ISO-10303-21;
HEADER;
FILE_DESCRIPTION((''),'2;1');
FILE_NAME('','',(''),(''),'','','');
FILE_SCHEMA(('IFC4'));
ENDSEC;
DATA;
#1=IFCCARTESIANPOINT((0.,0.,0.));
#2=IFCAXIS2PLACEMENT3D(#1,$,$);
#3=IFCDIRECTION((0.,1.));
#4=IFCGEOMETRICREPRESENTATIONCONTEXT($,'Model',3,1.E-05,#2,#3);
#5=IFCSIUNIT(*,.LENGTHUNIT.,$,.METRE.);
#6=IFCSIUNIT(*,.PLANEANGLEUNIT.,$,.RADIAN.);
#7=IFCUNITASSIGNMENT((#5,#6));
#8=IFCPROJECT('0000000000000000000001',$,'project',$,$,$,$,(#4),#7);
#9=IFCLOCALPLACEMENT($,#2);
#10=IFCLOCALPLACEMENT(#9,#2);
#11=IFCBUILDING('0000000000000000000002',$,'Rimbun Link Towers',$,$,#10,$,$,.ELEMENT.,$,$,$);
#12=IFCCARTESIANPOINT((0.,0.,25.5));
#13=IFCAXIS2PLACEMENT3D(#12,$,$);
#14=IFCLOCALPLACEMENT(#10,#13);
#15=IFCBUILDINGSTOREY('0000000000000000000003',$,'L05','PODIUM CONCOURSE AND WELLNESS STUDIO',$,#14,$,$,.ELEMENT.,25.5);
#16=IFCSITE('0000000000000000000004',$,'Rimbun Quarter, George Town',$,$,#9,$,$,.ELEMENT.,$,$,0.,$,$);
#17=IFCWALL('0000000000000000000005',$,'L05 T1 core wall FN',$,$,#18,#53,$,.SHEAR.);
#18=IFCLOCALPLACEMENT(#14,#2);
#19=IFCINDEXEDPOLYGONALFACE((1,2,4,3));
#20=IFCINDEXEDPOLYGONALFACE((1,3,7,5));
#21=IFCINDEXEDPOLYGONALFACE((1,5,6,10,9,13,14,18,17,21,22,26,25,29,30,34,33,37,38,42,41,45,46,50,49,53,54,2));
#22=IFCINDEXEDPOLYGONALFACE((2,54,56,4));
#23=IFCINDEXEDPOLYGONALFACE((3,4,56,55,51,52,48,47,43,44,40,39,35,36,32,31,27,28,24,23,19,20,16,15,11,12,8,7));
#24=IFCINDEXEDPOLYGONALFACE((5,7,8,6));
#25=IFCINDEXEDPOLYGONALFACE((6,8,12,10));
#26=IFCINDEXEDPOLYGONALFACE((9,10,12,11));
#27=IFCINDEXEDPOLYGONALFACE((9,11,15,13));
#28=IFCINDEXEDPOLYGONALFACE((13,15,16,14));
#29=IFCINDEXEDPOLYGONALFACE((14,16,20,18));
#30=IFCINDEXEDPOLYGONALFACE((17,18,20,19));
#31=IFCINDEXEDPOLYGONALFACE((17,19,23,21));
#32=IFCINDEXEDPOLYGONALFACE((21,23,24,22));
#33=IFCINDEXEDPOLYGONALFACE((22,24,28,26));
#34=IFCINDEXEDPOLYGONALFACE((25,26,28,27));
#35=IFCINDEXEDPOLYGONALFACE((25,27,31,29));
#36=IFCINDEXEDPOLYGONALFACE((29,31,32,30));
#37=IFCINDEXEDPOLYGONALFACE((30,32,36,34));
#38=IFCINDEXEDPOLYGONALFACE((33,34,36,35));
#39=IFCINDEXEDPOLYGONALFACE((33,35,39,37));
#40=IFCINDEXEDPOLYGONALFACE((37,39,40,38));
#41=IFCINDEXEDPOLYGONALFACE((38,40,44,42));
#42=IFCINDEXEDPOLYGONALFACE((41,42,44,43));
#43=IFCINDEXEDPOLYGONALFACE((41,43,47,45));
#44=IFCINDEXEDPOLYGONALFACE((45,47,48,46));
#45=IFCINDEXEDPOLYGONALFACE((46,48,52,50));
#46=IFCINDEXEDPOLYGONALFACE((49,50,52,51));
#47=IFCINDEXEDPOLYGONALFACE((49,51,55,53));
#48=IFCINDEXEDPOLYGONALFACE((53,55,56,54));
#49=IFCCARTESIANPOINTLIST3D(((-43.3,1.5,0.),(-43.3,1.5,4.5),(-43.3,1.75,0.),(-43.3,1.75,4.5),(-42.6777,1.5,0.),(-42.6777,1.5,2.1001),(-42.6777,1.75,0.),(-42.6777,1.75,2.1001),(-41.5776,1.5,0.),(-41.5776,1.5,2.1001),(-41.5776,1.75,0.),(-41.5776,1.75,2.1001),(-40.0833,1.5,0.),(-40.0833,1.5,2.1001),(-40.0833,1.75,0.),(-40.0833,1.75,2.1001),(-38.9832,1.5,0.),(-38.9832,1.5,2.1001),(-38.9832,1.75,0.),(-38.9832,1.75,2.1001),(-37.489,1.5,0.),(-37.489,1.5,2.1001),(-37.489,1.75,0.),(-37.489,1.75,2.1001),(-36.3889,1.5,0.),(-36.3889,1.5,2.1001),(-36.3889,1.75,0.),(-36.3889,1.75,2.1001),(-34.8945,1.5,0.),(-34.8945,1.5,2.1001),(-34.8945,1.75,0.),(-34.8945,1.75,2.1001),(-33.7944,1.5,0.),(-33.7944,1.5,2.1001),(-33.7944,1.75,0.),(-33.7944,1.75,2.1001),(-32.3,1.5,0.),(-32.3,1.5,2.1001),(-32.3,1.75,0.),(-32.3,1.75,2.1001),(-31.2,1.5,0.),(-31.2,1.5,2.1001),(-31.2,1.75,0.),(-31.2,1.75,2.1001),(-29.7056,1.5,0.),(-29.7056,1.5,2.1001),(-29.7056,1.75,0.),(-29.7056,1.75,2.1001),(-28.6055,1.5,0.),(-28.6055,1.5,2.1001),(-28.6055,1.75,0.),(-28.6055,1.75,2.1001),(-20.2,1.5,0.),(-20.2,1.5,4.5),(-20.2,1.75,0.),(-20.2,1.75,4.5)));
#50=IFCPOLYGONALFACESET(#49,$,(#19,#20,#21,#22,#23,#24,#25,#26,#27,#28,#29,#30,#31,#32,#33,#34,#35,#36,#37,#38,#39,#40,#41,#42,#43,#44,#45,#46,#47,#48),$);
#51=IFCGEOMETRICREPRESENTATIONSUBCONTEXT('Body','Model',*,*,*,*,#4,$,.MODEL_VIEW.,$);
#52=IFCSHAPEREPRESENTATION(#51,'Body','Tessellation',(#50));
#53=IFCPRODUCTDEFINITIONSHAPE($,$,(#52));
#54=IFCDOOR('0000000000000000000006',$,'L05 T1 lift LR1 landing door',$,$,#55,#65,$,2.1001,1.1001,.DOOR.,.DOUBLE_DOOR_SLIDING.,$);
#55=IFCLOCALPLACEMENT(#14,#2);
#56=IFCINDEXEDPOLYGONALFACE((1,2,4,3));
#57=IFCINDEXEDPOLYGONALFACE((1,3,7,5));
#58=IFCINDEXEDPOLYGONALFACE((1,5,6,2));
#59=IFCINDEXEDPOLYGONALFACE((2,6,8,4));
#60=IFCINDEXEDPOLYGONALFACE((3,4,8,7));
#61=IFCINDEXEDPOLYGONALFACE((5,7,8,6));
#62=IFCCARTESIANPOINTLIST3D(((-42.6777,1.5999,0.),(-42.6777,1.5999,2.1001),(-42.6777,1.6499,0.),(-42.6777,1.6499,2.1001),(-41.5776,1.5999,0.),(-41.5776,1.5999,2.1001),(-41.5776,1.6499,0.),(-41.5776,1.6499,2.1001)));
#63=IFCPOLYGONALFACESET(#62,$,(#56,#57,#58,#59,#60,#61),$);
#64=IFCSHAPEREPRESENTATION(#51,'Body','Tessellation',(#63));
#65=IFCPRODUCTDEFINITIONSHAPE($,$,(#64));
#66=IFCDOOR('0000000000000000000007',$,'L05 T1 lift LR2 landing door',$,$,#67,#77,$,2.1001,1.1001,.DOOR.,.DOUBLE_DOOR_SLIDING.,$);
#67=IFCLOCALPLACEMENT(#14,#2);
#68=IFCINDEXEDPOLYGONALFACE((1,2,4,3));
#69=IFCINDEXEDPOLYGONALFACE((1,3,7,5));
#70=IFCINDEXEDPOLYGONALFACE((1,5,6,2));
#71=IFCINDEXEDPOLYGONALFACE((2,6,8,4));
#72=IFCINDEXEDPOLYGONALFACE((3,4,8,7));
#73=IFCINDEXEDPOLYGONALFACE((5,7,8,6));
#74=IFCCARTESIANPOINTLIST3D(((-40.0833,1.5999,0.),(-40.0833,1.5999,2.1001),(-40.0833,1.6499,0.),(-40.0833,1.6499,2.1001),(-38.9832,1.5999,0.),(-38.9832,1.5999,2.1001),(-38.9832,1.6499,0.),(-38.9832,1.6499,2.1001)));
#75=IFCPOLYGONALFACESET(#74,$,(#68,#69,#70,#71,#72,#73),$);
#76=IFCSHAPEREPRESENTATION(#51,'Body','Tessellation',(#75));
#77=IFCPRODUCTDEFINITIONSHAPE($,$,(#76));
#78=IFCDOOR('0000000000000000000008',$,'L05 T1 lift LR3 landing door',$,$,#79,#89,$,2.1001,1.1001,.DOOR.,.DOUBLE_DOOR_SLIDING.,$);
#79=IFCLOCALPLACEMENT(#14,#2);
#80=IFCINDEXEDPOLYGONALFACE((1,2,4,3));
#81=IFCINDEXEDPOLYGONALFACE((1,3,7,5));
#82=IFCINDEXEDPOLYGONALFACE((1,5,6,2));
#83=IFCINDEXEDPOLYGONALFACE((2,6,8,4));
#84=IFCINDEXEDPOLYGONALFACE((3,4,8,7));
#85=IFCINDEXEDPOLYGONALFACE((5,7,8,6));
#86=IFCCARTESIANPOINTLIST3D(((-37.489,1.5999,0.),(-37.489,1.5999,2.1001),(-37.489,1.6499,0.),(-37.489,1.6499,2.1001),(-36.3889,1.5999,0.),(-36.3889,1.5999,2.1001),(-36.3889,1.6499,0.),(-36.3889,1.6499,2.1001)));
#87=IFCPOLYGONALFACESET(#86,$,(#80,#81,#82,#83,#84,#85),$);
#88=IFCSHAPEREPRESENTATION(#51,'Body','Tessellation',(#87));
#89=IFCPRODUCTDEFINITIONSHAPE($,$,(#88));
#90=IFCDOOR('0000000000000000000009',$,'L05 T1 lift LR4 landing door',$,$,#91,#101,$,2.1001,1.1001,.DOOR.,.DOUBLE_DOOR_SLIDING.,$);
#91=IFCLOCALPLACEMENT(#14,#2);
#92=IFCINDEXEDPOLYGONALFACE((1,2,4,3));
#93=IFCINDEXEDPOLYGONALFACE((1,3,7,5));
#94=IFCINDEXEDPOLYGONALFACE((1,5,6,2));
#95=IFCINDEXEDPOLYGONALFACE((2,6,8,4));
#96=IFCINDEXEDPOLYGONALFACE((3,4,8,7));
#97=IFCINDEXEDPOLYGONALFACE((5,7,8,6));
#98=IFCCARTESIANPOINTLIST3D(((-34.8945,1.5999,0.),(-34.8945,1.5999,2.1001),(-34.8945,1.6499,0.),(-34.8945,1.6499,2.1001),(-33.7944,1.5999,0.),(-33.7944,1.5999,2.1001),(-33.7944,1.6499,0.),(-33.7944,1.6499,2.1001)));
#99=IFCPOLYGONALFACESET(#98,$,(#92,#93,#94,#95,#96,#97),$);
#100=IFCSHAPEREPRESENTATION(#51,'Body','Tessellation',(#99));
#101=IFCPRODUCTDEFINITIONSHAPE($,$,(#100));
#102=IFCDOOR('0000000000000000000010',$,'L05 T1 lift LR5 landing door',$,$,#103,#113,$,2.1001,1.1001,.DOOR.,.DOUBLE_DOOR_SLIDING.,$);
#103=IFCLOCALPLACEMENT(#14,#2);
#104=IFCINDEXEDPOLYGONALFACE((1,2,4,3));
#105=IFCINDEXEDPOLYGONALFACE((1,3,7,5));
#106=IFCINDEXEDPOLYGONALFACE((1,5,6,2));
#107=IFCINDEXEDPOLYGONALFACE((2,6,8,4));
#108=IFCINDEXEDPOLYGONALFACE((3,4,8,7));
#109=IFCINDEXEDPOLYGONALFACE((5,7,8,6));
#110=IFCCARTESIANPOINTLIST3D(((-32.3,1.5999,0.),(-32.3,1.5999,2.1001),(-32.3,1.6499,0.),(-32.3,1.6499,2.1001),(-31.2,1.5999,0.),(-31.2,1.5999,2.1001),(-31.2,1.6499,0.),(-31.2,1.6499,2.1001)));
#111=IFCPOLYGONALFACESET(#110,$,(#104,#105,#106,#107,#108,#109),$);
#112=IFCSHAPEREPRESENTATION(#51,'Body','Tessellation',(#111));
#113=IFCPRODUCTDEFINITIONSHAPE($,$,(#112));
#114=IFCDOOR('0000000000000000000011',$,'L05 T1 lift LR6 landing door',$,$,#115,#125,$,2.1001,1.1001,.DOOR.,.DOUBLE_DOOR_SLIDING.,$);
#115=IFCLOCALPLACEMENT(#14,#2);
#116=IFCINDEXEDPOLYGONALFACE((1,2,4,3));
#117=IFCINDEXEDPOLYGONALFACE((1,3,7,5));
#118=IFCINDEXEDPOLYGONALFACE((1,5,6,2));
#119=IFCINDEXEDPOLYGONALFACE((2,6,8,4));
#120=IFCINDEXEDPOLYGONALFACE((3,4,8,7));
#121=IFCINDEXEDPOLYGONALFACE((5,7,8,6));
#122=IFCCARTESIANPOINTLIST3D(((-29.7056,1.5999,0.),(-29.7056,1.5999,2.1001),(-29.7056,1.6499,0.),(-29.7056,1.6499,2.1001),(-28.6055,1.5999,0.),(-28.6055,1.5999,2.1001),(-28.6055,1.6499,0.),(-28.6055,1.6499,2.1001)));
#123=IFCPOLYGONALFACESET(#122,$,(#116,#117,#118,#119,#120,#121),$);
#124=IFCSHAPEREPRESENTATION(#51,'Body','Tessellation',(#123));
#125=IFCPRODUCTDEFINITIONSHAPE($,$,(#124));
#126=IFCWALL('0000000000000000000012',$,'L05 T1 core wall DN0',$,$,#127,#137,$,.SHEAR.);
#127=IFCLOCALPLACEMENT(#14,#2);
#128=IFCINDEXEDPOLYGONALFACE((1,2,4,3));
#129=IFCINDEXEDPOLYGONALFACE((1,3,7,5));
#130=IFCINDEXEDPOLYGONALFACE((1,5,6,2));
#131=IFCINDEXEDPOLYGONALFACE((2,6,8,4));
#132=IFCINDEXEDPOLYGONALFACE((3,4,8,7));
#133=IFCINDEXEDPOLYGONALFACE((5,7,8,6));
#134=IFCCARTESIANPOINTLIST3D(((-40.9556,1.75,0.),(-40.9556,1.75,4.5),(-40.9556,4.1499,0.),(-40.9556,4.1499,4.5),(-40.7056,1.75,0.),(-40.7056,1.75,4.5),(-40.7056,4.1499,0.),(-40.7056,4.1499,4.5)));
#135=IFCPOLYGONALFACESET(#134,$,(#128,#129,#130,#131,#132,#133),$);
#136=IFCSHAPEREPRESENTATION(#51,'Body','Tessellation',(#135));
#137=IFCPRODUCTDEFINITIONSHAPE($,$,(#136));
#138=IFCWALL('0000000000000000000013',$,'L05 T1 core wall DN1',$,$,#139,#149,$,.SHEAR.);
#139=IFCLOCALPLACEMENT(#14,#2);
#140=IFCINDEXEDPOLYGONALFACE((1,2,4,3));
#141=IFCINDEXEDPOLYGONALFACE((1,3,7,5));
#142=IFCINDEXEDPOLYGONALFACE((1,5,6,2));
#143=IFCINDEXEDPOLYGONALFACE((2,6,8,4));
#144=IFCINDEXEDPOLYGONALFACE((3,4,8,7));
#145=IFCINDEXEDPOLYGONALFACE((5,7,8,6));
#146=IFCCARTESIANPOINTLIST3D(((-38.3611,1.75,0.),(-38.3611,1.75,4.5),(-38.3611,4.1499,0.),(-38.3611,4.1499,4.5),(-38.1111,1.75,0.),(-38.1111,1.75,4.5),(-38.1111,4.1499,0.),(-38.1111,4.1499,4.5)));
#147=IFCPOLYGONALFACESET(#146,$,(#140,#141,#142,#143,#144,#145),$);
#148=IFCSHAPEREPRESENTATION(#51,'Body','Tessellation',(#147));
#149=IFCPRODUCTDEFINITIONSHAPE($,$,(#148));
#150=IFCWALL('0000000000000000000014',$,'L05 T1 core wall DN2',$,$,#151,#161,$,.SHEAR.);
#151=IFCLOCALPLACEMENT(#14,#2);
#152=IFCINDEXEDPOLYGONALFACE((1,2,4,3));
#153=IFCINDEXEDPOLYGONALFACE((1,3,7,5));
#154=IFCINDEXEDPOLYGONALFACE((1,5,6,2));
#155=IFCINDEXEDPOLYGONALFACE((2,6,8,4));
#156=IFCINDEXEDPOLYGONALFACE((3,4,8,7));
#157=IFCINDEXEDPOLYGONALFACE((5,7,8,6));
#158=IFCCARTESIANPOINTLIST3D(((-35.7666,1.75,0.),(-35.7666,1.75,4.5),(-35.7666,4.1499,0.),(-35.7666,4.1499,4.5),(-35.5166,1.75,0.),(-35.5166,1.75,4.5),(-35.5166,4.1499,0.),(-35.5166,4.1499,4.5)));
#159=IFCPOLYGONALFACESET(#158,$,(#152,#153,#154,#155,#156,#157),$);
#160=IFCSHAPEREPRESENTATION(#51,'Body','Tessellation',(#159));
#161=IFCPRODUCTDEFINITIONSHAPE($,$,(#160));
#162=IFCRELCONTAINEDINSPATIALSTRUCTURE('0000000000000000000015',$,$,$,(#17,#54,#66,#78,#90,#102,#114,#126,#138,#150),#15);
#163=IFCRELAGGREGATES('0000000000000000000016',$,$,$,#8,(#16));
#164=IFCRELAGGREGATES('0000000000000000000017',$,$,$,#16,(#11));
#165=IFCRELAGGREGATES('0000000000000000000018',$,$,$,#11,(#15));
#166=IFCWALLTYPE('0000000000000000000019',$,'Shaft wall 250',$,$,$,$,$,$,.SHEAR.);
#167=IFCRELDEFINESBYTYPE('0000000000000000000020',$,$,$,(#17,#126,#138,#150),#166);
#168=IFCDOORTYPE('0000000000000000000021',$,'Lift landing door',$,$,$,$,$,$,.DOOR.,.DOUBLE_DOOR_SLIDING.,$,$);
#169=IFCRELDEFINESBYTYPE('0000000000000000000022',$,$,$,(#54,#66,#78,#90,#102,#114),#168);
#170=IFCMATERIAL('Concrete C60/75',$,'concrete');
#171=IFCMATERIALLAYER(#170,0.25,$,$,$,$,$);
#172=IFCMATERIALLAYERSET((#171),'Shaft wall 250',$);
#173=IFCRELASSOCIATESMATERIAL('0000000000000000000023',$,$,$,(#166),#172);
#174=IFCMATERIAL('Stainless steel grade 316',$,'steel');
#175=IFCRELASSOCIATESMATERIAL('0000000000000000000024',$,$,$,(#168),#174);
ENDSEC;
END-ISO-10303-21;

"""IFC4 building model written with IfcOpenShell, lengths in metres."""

from ifc_helpers import new_model, si_unit, direction, frame, frame_2d, origin, place, context, subcontext, project, spatial, rectangle, extrude, material, layer, layer_set, type_object, element, fill, save


model = new_model("IFC4")

# Units and contexts
model_context = context("Model", 3, precision=1e-05, world=origin(), true_north=direction((0.0, 1.0)))
body_context = subcontext(model_context, "Body", "Model", "MODEL_VIEW")
ifc_project = project(units=[si_unit("LENGTHUNIT", "METRE"), si_unit("PLANEANGLEUNIT", "RADIAN")], contexts=[model_context])

# Site, building, storey
site_placement = place(None, origin())
site = spatial("IfcSite", under=ifc_project, at=site_placement, Name="Rimbun Quarter, George Town", CompositionType="ELEMENT", RefElevation=0.0)
building_placement = place(site_placement, origin())
building = spatial("IfcBuilding", under=site, at=building_placement, Name="Rimbun Link Towers", CompositionType="ELEMENT")
storey_placement = place(building_placement, frame((0.0, 0.0, 25.5)))
storey = spatial("IfcBuildingStorey", under=building, at=storey_placement, Name="L05", Description="PODIUM CONCOURSE AND WELLNESS STUDIO", CompositionType="ELEMENT", Elevation=25.5)

# Shared definitions
ifc_material_1 = material(Name="Concrete C60/75", Category="concrete")
ifc_layer = layer(ifc_material_1, 0.25)
ifc_layer_set = layer_set([ifc_layer], Name="Shaft wall 250")
wall_type = type_object("IfcWallType", Name="Shaft wall 250", PredefinedType="SHEAR", material=ifc_layer_set)

# Wall, openings, doors
wall_1_placement = place(storey_placement, frame((-43.3, 1.625, 0.0), z_axis=(0.0, 0.0, 1.0), x_axis=(1.0, 0.0, 0.0)))
wall_1 = element("IfcWall", 1, at=wall_1_placement, inside=storey, type_object=wall_type, Name="L05 T1 core wall FN", PredefinedType="SHEAR", context=body_context, shape_type="SweptSolid", body=[
    extrude(rectangle(XDim=23.1001, YDim=0.25, at=frame_2d((11.55, 0.0))), origin(), (0.0, 0.0, 1.0), 4.5),
])
opening_1_placement = place(wall_1_placement, frame((0.6223, 0.0, 0.0)))
opening_1 = element("IfcOpeningElement", 2, at=opening_1_placement, cuts=wall_1, PredefinedType="OPENING", context=body_context, shape_type="SweptSolid", body=[
    extrude(rectangle(XDim=1.1001, YDim=2.1001, at=frame_2d((0.55, 1.05))), frame((0.0, 0.135, 0.0), z_axis=(0.0, -1.0, 0.0), x_axis=(1.0, 0.0, 0.0)), (0.0, 0.0, 1.0), 0.27),
])
opening_2_placement = place(wall_1_placement, frame((3.2168, 0.0, 0.0)))
opening_2 = element("IfcOpeningElement", 3, at=opening_2_placement, cuts=wall_1, PredefinedType="OPENING", context=body_context, shape_type="SweptSolid", body=[
    extrude(rectangle(XDim=1.1001, YDim=2.1001, at=frame_2d((0.55, 1.05))), frame((0.0, 0.135, 0.0), z_axis=(0.0, -1.0, 0.0), x_axis=(1.0, 0.0, 0.0)), (0.0, 0.0, 1.0), 0.27),
])
opening_3_placement = place(wall_1_placement, frame((5.811, 0.0, 0.0)))
opening_3 = element("IfcOpeningElement", 4, at=opening_3_placement, cuts=wall_1, PredefinedType="OPENING", context=body_context, shape_type="SweptSolid", body=[
    extrude(rectangle(XDim=1.1001, YDim=2.1001, at=frame_2d((0.55, 1.05))), frame((0.0, 0.135, 0.0), z_axis=(0.0, -1.0, 0.0), x_axis=(1.0, 0.0, 0.0)), (0.0, 0.0, 1.0), 0.27),
])
opening_4_placement = place(wall_1_placement, frame((8.4055, 0.0, 0.0)))
opening_4 = element("IfcOpeningElement", 5, at=opening_4_placement, cuts=wall_1, PredefinedType="OPENING", context=body_context, shape_type="SweptSolid", body=[
    extrude(rectangle(XDim=1.1001, YDim=2.1001, at=frame_2d((0.55, 1.05))), frame((0.0, 0.135, 0.0), z_axis=(0.0, -1.0, 0.0), x_axis=(1.0, 0.0, 0.0)), (0.0, 0.0, 1.0), 0.27),
])
opening_5_placement = place(wall_1_placement, frame((11.0, 0.0, 0.0)))
opening_5 = element("IfcOpeningElement", 6, at=opening_5_placement, cuts=wall_1, PredefinedType="OPENING", context=body_context, shape_type="SweptSolid", body=[
    extrude(rectangle(XDim=1.1001, YDim=2.1001, at=frame_2d((0.55, 1.05))), frame((0.0, 0.135, 0.0), z_axis=(0.0, -1.0, 0.0), x_axis=(1.0, 0.0, 0.0)), (0.0, 0.0, 1.0), 0.27),
])
opening_6_placement = place(wall_1_placement, frame((13.5945, 0.0, 0.0)))
opening_6 = element("IfcOpeningElement", 7, at=opening_6_placement, cuts=wall_1, PredefinedType="OPENING", context=body_context, shape_type="SweptSolid", body=[
    extrude(rectangle(XDim=1.1001, YDim=2.1001, at=frame_2d((0.55, 1.05))), frame((0.0, 0.135, 0.0), z_axis=(0.0, -1.0, 0.0), x_axis=(1.0, 0.0, 0.0)), (0.0, 0.0, 1.0), 0.27),
])
ifc_material_2 = material(Name="Stainless steel grade 316", Category="steel")
door_type_1 = type_object("IfcDoorType", Name="Lift landing door", OperationType="DOUBLE_DOOR_SLIDING", PredefinedType="DOOR", material=ifc_material_2)
door_1_placement = place(opening_1_placement, origin())
door_1 = element("IfcDoor", 8, at=door_1_placement, inside=storey, type_object=door_type_1, Name="L05 T1 lift LR1 landing door", OperationType="DOUBLE_DOOR_SLIDING", OverallHeight=2.1001, OverallWidth=1.1001, PredefinedType="DOOR", context=body_context, shape_type="SweptSolid", body=[
    extrude(rectangle(XDim=1.1001, YDim=2.1001, at=frame_2d((0.55, 1.05))), frame((0.0, 0.0249, 0.0), z_axis=(0.0, -1.0, 0.0), x_axis=(1.0, 0.0, 0.0)), (0.0, 0.0, 1.0), 0.05),
])
fill(opening_1, door_1)
door_2_placement = place(opening_2_placement, origin())
door_2 = element("IfcDoor", 9, at=door_2_placement, inside=storey, type_object=door_type_1, Name="L05 T1 lift LR2 landing door", OperationType="DOUBLE_DOOR_SLIDING", OverallHeight=2.1001, OverallWidth=1.1001, PredefinedType="DOOR", context=body_context, shape_type="SweptSolid", body=[
    extrude(rectangle(XDim=1.1001, YDim=2.1001, at=frame_2d((0.55, 1.05))), frame((0.0, 0.0249, 0.0), z_axis=(0.0, -1.0, 0.0), x_axis=(1.0, 0.0, 0.0)), (0.0, 0.0, 1.0), 0.05),
])
fill(opening_2, door_2)
door_3_placement = place(opening_3_placement, origin())
door_3 = element("IfcDoor", 10, at=door_3_placement, inside=storey, type_object=door_type_1, Name="L05 T1 lift LR3 landing door", OperationType="DOUBLE_DOOR_SLIDING", OverallHeight=2.1001, OverallWidth=1.1001, PredefinedType="DOOR", context=body_context, shape_type="SweptSolid", body=[
    extrude(rectangle(XDim=1.1001, YDim=2.1001, at=frame_2d((0.55, 1.05))), frame((0.0, 0.0249, 0.0), z_axis=(0.0, -1.0, 0.0), x_axis=(1.0, 0.0, 0.0)), (0.0, 0.0, 1.0), 0.05),
])
fill(opening_3, door_3)
door_4_placement = place(opening_4_placement, origin())
door_4 = element("IfcDoor", 11, at=door_4_placement, inside=storey, type_object=door_type_1, Name="L05 T1 lift LR4 landing door", OperationType="DOUBLE_DOOR_SLIDING", OverallHeight=2.1001, OverallWidth=1.1001, PredefinedType="DOOR", context=body_context, shape_type="SweptSolid", body=[
    extrude(rectangle(XDim=1.1001, YDim=2.1001, at=frame_2d((0.55, 1.05))), frame((0.0, 0.0249, 0.0), z_axis=(0.0, -1.0, 0.0), x_axis=(1.0, 0.0, 0.0)), (0.0, 0.0, 1.0), 0.05),
])
fill(opening_4, door_4)
door_5_placement = place(opening_5_placement, origin())
door_5 = element("IfcDoor", 12, at=door_5_placement, inside=storey, type_object=door_type_1, Name="L05 T1 lift LR5 landing door", OperationType="DOUBLE_DOOR_SLIDING", OverallHeight=2.1001, OverallWidth=1.1001, PredefinedType="DOOR", context=body_context, shape_type="SweptSolid", body=[
    extrude(rectangle(XDim=1.1001, YDim=2.1001, at=frame_2d((0.55, 1.05))), frame((0.0, 0.0249, 0.0), z_axis=(0.0, -1.0, 0.0), x_axis=(1.0, 0.0, 0.0)), (0.0, 0.0, 1.0), 0.05),
])
fill(opening_5, door_5)
door_6_placement = place(opening_6_placement, origin())
door_6 = element("IfcDoor", 13, at=door_6_placement, inside=storey, type_object=door_type_1, Name="L05 T1 lift LR6 landing door", OperationType="DOUBLE_DOOR_SLIDING", OverallHeight=2.1001, OverallWidth=1.1001, PredefinedType="DOOR", context=body_context, shape_type="SweptSolid", body=[
    extrude(rectangle(XDim=1.1001, YDim=2.1001, at=frame_2d((0.55, 1.05))), frame((0.0, 0.0249, 0.0), z_axis=(0.0, -1.0, 0.0), x_axis=(1.0, 0.0, 0.0)), (0.0, 0.0, 1.0), 0.05),
])
fill(opening_6, door_6)

# Walls
for number, where, z_axis, x_axis, name in (
    (14, (-40.8306, 1.75, 0.0), (0.0, 0.0, 1.0), (0.0, 1.0, 0.0), "L05 T1 core wall DN0"),
    (15, (-38.2361, 1.75, 0.0), (0.0, 0.0, 1.0), (0.0, 1.0, 0.0), "L05 T1 core wall DN1"),
    (16, (-35.6416, 1.75, 0.0), (0.0, 0.0, 1.0), (0.0, 1.0, 0.0), "L05 T1 core wall DN2"),
):
    element("IfcWall", number, at=place(storey_placement, frame(where, z_axis=z_axis, x_axis=x_axis)), inside=storey, type_object=wall_type, Name=name, PredefinedType="SHEAR", context=body_context, shape_type="SweptSolid", body=[
        extrude(rectangle(XDim=2.3999, YDim=0.25, at=frame_2d((1.2, 0.0))), origin(), (0.0, 0.0, 1.0), 4.5),
    ])

save(model, "model.ifc")
